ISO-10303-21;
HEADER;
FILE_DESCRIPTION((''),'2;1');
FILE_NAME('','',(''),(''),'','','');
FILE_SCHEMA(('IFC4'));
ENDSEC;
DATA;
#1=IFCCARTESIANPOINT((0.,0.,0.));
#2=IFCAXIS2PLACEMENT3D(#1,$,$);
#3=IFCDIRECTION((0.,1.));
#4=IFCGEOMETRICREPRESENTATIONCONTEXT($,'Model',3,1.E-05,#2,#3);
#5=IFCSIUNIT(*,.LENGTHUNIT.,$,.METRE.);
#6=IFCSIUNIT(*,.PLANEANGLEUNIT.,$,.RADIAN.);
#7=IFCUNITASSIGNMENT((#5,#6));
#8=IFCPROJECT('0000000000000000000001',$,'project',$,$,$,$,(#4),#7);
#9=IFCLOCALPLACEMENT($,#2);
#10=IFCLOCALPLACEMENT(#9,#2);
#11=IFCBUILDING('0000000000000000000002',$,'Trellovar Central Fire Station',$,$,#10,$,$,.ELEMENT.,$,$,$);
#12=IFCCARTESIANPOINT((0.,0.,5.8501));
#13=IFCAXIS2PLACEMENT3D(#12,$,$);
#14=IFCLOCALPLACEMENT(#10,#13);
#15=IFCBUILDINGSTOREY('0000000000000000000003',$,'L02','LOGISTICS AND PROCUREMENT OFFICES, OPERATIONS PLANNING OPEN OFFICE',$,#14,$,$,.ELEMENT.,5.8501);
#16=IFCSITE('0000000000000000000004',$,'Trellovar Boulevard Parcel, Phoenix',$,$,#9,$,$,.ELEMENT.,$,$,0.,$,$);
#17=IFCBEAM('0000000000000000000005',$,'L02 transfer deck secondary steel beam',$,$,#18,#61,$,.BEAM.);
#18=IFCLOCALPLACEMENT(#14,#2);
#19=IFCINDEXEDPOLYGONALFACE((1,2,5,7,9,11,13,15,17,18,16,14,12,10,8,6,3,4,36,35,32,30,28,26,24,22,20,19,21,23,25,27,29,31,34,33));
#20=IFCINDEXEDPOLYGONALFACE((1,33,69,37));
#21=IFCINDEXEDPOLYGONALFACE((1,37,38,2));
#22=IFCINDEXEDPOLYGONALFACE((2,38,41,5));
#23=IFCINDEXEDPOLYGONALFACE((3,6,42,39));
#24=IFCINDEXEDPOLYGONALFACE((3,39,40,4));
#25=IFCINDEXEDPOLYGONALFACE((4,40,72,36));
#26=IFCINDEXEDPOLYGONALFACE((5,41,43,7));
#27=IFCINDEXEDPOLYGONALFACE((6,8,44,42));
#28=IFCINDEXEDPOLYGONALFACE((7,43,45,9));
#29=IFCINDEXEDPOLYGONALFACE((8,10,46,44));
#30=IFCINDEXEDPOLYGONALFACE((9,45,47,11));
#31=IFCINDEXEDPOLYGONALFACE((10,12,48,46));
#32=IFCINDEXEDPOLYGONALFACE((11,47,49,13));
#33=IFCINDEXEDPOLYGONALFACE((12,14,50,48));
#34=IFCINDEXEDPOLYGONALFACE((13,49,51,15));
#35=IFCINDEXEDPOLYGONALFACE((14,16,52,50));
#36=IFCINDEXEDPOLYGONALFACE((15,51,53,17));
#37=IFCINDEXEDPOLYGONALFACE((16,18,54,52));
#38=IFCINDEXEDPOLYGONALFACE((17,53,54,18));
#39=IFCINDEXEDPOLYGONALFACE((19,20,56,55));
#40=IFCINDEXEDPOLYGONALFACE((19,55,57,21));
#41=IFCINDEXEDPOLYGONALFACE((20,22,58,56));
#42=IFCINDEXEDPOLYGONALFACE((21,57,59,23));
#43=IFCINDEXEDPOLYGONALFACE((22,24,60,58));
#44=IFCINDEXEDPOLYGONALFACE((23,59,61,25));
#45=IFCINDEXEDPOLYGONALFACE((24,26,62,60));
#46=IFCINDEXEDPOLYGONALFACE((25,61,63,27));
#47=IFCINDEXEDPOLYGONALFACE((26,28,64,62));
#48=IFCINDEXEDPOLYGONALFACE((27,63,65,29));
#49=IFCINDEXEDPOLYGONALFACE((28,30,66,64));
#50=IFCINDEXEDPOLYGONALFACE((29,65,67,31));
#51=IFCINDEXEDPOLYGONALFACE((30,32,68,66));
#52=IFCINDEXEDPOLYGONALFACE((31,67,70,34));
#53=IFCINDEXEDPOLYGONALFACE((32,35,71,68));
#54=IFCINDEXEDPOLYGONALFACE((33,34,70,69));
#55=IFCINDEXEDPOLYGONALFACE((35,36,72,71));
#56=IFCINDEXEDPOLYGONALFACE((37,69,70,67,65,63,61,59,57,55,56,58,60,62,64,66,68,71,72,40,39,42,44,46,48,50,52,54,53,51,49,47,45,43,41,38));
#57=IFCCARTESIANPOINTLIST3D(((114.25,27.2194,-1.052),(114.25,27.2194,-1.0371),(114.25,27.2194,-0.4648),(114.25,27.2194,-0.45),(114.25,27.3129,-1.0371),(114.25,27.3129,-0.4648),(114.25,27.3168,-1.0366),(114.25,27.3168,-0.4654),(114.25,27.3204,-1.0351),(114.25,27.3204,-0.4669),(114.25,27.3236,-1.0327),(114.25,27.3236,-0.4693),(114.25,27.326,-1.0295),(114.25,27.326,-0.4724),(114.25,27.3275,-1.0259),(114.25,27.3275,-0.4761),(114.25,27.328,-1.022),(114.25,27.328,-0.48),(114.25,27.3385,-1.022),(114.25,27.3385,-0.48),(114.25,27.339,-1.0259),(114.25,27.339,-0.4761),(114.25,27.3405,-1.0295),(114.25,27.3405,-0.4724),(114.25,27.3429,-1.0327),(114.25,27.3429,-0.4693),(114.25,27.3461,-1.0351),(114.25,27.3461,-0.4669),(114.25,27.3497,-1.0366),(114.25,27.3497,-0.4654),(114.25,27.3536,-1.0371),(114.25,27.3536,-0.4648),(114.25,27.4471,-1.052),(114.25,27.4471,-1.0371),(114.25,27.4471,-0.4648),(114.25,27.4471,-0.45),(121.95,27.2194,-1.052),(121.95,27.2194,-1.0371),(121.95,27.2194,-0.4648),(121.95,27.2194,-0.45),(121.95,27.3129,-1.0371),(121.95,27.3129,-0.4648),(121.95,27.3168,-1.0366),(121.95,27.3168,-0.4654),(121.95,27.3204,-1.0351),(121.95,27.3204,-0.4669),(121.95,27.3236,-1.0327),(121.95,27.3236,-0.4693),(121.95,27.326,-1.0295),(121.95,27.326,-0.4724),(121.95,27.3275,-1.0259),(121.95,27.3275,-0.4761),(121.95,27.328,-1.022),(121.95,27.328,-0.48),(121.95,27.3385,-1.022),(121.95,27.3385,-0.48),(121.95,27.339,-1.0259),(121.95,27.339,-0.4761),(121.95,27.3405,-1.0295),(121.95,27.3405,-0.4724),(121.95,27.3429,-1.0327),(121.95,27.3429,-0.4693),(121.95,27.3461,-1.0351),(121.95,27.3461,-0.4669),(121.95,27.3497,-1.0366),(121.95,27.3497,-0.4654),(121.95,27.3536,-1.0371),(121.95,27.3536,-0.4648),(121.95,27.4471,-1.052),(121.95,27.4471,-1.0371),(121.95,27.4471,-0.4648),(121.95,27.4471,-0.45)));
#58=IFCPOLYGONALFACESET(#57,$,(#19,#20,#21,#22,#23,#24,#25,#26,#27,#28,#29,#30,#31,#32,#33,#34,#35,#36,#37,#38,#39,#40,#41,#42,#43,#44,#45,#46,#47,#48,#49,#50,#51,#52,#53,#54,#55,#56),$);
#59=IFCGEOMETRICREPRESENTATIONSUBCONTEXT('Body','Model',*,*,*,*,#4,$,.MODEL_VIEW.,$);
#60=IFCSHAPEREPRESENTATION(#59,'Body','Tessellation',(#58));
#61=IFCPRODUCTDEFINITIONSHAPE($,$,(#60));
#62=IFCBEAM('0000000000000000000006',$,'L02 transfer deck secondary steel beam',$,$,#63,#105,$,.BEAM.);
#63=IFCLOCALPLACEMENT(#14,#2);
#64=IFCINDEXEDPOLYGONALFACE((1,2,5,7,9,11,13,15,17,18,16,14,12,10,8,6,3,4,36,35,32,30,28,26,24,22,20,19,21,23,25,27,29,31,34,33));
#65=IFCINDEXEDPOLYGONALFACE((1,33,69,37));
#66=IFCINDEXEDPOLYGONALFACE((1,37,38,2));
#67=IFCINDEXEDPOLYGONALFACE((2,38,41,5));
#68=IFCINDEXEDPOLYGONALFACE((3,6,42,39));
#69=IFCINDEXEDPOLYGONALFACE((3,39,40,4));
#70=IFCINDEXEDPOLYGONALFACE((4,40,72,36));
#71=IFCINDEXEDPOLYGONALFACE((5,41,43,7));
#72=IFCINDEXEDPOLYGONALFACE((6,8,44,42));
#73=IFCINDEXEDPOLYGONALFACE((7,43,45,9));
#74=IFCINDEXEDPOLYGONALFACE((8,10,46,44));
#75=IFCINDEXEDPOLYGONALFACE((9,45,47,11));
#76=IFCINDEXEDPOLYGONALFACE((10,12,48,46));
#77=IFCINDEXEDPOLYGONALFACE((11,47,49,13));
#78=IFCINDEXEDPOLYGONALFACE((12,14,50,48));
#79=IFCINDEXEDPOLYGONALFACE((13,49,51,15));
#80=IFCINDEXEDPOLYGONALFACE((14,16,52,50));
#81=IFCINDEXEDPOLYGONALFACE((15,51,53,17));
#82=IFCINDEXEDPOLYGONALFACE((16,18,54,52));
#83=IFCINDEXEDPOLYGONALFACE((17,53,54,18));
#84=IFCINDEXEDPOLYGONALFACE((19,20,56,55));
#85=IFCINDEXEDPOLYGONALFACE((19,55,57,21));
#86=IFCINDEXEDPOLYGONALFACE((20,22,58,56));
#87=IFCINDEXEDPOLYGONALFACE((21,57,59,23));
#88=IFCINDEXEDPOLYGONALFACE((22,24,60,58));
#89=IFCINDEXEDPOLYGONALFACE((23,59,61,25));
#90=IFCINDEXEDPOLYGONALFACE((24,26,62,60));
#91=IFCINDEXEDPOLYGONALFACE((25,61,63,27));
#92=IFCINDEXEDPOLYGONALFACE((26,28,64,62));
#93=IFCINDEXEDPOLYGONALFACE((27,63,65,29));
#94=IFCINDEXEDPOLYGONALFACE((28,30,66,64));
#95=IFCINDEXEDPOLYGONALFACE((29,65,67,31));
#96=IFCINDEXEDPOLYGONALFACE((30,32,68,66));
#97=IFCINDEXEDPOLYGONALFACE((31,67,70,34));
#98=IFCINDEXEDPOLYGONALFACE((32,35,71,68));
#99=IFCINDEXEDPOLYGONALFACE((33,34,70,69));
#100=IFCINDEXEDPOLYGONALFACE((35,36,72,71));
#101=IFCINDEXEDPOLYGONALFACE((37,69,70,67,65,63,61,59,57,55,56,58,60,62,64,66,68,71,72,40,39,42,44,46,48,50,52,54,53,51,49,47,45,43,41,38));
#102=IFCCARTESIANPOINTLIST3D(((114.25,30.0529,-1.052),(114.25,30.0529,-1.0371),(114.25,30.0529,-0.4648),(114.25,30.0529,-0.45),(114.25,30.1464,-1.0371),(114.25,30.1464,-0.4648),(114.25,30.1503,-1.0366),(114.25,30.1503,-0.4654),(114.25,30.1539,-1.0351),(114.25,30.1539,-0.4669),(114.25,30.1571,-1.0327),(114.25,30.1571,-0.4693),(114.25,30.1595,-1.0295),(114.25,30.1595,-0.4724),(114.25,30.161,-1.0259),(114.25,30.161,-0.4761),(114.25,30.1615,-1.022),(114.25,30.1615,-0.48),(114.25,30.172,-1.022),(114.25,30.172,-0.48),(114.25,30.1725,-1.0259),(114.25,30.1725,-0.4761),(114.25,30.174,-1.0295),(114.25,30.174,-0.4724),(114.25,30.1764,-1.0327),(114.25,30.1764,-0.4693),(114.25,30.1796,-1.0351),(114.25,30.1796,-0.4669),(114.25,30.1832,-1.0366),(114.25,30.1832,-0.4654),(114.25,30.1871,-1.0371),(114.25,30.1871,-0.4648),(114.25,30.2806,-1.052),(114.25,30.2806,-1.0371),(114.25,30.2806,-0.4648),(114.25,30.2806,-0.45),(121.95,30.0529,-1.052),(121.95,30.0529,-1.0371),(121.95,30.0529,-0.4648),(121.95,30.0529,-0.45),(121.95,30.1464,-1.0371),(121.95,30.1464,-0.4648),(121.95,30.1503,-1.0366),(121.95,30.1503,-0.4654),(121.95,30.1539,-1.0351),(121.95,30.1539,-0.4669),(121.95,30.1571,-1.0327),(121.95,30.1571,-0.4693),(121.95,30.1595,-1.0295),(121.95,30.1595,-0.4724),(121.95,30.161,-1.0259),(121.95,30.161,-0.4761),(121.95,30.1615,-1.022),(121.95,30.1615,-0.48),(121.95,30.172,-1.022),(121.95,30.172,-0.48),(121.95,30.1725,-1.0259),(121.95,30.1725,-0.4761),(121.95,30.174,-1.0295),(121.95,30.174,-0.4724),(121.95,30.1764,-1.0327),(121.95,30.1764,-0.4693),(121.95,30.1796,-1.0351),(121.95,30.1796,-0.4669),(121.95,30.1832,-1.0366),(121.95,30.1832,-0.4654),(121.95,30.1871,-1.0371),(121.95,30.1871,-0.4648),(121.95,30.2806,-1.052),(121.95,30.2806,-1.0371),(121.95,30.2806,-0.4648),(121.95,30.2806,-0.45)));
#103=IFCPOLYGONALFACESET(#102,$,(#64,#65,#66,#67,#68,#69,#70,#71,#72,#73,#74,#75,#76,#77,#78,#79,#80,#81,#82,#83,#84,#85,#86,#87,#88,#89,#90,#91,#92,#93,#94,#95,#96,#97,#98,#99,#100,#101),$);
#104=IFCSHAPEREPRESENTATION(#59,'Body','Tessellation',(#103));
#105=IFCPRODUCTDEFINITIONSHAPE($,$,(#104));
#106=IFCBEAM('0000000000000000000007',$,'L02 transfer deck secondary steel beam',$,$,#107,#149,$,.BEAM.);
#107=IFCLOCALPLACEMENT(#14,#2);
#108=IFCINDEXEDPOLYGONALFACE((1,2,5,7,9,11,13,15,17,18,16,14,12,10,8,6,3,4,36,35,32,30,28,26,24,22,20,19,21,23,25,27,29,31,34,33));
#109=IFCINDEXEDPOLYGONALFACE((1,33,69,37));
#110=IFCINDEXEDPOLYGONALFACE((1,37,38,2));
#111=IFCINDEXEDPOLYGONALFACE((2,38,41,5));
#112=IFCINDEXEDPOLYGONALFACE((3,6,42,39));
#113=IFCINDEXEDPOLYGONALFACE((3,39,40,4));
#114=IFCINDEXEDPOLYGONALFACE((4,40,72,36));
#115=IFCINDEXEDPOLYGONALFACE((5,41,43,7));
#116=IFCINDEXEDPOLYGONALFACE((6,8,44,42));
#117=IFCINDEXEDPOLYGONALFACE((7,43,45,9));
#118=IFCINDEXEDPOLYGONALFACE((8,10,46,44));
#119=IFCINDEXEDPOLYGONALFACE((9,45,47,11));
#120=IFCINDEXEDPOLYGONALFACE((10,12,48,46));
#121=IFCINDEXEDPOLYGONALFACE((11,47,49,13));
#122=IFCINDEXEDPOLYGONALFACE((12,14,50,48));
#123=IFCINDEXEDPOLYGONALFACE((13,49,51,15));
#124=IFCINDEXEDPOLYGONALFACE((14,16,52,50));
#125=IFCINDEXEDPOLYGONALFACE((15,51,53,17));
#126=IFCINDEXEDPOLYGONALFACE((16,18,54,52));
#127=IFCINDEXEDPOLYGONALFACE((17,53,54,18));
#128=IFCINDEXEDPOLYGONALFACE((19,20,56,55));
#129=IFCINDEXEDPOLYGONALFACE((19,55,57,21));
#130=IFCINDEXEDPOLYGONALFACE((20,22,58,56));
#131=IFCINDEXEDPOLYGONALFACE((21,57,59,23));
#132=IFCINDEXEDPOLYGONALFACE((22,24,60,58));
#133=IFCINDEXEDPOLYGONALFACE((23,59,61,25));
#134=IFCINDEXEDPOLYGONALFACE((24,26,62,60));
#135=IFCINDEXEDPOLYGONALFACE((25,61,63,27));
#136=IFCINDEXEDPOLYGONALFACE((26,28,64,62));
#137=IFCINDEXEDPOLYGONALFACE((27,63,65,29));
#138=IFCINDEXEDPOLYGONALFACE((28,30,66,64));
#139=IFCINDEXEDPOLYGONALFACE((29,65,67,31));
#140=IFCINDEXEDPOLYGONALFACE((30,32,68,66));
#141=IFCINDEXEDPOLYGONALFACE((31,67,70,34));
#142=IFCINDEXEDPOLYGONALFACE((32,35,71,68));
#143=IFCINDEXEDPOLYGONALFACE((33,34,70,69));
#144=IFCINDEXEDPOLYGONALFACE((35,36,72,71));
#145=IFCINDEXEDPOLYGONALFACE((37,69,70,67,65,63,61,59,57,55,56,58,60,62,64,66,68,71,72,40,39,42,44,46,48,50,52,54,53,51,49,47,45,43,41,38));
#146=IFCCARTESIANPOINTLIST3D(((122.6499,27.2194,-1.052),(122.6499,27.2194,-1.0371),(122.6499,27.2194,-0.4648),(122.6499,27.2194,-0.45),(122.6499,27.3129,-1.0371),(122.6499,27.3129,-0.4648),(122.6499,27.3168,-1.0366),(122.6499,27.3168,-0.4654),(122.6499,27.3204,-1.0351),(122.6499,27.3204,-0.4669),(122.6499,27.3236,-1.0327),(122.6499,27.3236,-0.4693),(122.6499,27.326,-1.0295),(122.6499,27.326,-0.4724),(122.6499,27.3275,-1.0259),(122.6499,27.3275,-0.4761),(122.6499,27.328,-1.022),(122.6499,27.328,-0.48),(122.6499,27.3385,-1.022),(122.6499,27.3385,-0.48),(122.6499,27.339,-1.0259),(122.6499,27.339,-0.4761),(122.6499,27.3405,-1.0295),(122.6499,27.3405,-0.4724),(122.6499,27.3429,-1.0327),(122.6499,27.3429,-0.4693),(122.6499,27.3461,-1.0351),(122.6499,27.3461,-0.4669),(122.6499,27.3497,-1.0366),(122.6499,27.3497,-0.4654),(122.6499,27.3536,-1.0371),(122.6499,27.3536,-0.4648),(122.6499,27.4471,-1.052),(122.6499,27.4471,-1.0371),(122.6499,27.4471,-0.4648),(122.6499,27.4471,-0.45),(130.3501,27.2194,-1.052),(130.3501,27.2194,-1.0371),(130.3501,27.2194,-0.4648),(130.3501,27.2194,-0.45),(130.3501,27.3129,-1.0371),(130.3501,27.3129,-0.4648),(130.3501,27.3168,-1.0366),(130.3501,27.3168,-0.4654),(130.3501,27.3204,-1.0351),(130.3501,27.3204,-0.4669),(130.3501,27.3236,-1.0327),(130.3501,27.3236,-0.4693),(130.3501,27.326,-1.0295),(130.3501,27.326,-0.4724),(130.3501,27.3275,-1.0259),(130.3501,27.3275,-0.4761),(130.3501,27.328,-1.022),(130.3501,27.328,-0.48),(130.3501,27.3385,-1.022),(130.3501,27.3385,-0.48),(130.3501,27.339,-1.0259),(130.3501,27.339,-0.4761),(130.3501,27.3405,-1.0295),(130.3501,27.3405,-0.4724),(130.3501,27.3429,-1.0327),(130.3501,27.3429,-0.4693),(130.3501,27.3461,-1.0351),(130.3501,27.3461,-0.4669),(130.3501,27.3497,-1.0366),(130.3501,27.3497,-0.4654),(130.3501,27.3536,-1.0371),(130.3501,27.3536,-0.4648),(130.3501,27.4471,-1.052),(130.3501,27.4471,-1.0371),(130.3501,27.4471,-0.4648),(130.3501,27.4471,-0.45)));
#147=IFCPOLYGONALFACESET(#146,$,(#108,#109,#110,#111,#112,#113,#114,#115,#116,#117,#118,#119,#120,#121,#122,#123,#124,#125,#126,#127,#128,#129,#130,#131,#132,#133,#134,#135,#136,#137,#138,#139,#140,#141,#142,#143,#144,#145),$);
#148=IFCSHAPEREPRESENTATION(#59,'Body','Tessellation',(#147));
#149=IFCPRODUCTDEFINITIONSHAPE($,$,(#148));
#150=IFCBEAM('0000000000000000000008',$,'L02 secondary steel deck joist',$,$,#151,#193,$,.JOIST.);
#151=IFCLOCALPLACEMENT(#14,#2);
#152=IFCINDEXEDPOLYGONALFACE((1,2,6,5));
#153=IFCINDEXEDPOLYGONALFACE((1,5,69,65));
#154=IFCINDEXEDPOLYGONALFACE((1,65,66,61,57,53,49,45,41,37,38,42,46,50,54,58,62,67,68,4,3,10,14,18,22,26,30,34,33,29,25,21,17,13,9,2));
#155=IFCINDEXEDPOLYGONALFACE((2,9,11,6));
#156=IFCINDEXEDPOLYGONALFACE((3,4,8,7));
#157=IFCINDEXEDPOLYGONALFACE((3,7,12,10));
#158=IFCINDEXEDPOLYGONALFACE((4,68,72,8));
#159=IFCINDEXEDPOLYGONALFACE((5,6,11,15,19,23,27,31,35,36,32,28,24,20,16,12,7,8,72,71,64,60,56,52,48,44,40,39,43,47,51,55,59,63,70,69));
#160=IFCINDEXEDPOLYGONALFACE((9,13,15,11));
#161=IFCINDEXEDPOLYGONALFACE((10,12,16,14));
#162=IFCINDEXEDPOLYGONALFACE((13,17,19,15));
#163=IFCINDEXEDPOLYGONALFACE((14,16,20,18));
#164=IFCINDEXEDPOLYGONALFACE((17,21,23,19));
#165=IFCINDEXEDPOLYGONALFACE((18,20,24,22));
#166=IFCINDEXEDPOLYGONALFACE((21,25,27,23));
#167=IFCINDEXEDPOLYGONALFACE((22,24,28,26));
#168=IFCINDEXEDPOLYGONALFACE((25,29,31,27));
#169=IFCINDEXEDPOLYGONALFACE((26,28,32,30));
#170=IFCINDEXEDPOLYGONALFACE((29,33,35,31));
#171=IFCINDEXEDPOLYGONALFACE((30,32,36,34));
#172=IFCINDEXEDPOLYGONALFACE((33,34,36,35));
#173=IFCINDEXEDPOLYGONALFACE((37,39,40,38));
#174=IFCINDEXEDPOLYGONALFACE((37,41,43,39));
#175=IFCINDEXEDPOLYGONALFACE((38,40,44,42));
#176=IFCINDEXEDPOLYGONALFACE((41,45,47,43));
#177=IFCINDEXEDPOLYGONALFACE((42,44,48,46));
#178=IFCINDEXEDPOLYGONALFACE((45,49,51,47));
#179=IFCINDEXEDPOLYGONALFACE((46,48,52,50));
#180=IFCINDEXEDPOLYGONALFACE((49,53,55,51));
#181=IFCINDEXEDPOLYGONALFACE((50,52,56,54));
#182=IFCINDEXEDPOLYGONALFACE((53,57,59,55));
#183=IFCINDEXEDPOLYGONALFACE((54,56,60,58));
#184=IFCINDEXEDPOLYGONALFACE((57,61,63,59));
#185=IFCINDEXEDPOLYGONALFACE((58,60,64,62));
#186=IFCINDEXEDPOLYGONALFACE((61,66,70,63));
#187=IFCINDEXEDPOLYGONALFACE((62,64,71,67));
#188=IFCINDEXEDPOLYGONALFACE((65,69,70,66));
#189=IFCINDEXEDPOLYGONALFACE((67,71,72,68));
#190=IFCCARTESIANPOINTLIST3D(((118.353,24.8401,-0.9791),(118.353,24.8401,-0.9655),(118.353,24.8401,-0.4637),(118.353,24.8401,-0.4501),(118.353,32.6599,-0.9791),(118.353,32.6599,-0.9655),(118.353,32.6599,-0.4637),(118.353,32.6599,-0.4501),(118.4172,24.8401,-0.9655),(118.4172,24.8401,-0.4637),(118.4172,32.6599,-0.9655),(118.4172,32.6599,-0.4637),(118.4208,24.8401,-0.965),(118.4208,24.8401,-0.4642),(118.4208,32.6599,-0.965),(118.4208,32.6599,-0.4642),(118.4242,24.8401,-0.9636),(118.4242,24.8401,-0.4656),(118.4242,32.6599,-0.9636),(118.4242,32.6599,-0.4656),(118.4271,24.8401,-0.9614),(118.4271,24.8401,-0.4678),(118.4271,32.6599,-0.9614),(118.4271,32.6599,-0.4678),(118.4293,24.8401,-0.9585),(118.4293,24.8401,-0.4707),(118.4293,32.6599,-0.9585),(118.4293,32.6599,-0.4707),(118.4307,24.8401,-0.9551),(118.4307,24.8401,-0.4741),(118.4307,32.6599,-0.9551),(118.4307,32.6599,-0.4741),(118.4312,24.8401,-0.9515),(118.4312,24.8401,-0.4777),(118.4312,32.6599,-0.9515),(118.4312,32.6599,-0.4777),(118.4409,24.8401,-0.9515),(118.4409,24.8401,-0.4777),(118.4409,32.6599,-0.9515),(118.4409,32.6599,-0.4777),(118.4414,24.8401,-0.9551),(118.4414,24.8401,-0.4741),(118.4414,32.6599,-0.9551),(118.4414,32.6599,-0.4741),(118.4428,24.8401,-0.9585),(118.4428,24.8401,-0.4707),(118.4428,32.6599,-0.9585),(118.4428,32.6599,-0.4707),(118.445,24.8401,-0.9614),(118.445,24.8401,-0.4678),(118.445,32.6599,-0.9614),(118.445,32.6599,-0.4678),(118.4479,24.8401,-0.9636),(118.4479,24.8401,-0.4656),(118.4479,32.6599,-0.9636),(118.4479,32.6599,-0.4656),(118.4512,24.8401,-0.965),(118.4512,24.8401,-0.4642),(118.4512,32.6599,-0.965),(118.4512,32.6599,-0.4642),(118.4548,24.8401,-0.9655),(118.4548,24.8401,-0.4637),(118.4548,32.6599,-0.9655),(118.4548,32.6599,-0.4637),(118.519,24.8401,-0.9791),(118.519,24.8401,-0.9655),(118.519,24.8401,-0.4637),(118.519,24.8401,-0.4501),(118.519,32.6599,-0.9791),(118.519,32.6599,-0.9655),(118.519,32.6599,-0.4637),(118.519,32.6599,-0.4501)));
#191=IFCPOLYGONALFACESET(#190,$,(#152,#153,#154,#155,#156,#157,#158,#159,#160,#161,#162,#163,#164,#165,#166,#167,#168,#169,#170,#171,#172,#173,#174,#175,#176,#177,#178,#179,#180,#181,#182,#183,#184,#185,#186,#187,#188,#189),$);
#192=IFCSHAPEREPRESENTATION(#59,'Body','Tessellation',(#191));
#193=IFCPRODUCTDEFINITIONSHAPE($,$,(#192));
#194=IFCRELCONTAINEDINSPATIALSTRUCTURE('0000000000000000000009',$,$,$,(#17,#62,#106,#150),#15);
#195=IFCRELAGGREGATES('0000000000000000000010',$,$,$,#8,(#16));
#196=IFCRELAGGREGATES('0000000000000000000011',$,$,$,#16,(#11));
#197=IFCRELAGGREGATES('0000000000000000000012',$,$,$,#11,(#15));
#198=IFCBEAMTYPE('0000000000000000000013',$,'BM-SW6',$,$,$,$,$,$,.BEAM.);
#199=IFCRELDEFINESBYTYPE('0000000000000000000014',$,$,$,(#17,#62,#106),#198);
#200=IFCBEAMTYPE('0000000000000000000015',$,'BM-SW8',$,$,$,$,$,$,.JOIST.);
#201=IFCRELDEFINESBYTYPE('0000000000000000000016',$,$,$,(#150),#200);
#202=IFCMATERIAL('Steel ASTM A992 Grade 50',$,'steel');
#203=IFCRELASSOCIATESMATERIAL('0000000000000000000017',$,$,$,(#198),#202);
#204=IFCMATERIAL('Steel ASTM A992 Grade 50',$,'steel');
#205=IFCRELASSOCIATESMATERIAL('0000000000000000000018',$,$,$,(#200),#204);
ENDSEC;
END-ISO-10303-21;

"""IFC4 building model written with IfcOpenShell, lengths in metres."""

from ifc_helpers import new_model, si_unit, direction, frame, origin, origin_2d, place, context, subcontext, project, spatial, i_section, extrude, material, material_profile, profile_set, type_object, element, save


model = new_model("IFC4")

# Units and contexts
model_context = context("Model", 3, precision=1e-05, world=origin(), true_north=direction((0.0, 1.0)))
body_context = subcontext(model_context, "Body", "Model", "MODEL_VIEW")
ifc_project = project(units=[si_unit("LENGTHUNIT", "METRE"), si_unit("PLANEANGLEUNIT", "RADIAN")], contexts=[model_context])

# Site, building, storey
site_placement = place(None, origin())
site = spatial("IfcSite", under=ifc_project, at=site_placement, Name="Trellovar Boulevard Parcel, Phoenix", CompositionType="ELEMENT", RefElevation=0.0)
building_placement = place(site_placement, origin())
building = spatial("IfcBuilding", under=site, at=building_placement, Name="Trellovar Central Fire Station", CompositionType="ELEMENT")
storey_placement = place(building_placement, frame((0.0, 0.0, 5.8501)))
storey = spatial("IfcBuildingStorey", under=building, at=storey_placement, Name="L02", Description="LOGISTICS AND PROCUREMENT OFFICES, OPERATIONS PLANNING OPEN OFFICE", CompositionType="ELEMENT", Elevation=5.8501)

# Beams
ifc_material_1 = material(Name="Steel ASTM A992 Grade 50", Category="steel")
ifc_material_profile_1 = material_profile(ifc_material_1, i_section(OverallWidth=0.2278, OverallDepth=0.6021, WebThickness=0.0105, FlangeThickness=0.0149, FilletRadius=0.0151, at=origin_2d()), Name="W24X68")
ifc_profile_set_1 = profile_set([ifc_material_profile_1], Name="Steel ASTM A992 Grade 50")
beam_type_1 = type_object("IfcBeamType", Name="BM-SW6", PredefinedType="BEAM", material=ifc_profile_set_1)
for number, where, z_axis, x_axis, name in (
    (1, (114.25, 27.3333, -0.751), (1.0, 0.0, 0.0), (0.0, 1.0, 0.0), "L02 transfer deck secondary steel beam"),
    (2, (114.25, 30.1667, -0.751), (1.0, 0.0, 0.0), (0.0, 1.0, 0.0), "L02 transfer deck secondary steel beam"),
):
    element("IfcBeam", number, at=place(storey_placement, frame(where, z_axis=z_axis, x_axis=x_axis)), inside=storey, type_object=beam_type_1, Name=name, PredefinedType="BEAM", context=body_context, shape_type="SweptSolid", body=[
        extrude(i_section(OverallWidth=0.2278, OverallDepth=0.6021, WebThickness=0.0105, FlangeThickness=0.0149, FilletRadius=0.0151, at=origin_2d()), origin(), (0.0, 0.0, 1.0), 7.7),
    ])
beam_1_placement = place(storey_placement, frame((122.6499, 27.3333, -0.751), z_axis=(1.0, 0.0, 0.0), x_axis=(0.0, 1.0, 0.0)))
element("IfcBeam", 3, at=beam_1_placement, inside=storey, type_object=beam_type_1, Name="L02 transfer deck secondary steel beam", PredefinedType="BEAM", context=body_context, shape_type="SweptSolid", body=[
    extrude(i_section(OverallWidth=0.2278, OverallDepth=0.6021, WebThickness=0.0105, FlangeThickness=0.0149, FilletRadius=0.0151, at=origin_2d()), origin(), (0.0, 0.0, 1.0), 7.7002),
])
ifc_material_2 = material(Name="Steel ASTM A992 Grade 50", Category="steel")
ifc_material_profile_2 = material_profile(ifc_material_2, i_section(OverallWidth=0.166, OverallDepth=0.5291, WebThickness=0.0098, FlangeThickness=0.0137, FilletRadius=0.0139, at=origin_2d()), Name="W21X50")
ifc_profile_set_2 = profile_set([ifc_material_profile_2], Name="Steel ASTM A992 Grade 50")
beam_type_2 = type_object("IfcBeamType", Name="BM-SW8", PredefinedType="JOIST", material=ifc_profile_set_2)
beam_2_placement = place(storey_placement, frame((118.436, 24.8401, -0.7146), z_axis=(0.0, 1.0, 0.0), x_axis=(-1.0, 0.0, 0.0)))
element("IfcBeam", 4, at=beam_2_placement, inside=storey, type_object=beam_type_2, Name="L02 secondary steel deck joist", PredefinedType="JOIST", context=body_context, shape_type="SweptSolid", body=[
    extrude(i_section(OverallWidth=0.166, OverallDepth=0.5291, WebThickness=0.0098, FlangeThickness=0.0137, FilletRadius=0.0139, at=origin_2d()), origin(), (0.0, 0.0, 1.0), 7.8198),
])

save(model, "model.ifc")
